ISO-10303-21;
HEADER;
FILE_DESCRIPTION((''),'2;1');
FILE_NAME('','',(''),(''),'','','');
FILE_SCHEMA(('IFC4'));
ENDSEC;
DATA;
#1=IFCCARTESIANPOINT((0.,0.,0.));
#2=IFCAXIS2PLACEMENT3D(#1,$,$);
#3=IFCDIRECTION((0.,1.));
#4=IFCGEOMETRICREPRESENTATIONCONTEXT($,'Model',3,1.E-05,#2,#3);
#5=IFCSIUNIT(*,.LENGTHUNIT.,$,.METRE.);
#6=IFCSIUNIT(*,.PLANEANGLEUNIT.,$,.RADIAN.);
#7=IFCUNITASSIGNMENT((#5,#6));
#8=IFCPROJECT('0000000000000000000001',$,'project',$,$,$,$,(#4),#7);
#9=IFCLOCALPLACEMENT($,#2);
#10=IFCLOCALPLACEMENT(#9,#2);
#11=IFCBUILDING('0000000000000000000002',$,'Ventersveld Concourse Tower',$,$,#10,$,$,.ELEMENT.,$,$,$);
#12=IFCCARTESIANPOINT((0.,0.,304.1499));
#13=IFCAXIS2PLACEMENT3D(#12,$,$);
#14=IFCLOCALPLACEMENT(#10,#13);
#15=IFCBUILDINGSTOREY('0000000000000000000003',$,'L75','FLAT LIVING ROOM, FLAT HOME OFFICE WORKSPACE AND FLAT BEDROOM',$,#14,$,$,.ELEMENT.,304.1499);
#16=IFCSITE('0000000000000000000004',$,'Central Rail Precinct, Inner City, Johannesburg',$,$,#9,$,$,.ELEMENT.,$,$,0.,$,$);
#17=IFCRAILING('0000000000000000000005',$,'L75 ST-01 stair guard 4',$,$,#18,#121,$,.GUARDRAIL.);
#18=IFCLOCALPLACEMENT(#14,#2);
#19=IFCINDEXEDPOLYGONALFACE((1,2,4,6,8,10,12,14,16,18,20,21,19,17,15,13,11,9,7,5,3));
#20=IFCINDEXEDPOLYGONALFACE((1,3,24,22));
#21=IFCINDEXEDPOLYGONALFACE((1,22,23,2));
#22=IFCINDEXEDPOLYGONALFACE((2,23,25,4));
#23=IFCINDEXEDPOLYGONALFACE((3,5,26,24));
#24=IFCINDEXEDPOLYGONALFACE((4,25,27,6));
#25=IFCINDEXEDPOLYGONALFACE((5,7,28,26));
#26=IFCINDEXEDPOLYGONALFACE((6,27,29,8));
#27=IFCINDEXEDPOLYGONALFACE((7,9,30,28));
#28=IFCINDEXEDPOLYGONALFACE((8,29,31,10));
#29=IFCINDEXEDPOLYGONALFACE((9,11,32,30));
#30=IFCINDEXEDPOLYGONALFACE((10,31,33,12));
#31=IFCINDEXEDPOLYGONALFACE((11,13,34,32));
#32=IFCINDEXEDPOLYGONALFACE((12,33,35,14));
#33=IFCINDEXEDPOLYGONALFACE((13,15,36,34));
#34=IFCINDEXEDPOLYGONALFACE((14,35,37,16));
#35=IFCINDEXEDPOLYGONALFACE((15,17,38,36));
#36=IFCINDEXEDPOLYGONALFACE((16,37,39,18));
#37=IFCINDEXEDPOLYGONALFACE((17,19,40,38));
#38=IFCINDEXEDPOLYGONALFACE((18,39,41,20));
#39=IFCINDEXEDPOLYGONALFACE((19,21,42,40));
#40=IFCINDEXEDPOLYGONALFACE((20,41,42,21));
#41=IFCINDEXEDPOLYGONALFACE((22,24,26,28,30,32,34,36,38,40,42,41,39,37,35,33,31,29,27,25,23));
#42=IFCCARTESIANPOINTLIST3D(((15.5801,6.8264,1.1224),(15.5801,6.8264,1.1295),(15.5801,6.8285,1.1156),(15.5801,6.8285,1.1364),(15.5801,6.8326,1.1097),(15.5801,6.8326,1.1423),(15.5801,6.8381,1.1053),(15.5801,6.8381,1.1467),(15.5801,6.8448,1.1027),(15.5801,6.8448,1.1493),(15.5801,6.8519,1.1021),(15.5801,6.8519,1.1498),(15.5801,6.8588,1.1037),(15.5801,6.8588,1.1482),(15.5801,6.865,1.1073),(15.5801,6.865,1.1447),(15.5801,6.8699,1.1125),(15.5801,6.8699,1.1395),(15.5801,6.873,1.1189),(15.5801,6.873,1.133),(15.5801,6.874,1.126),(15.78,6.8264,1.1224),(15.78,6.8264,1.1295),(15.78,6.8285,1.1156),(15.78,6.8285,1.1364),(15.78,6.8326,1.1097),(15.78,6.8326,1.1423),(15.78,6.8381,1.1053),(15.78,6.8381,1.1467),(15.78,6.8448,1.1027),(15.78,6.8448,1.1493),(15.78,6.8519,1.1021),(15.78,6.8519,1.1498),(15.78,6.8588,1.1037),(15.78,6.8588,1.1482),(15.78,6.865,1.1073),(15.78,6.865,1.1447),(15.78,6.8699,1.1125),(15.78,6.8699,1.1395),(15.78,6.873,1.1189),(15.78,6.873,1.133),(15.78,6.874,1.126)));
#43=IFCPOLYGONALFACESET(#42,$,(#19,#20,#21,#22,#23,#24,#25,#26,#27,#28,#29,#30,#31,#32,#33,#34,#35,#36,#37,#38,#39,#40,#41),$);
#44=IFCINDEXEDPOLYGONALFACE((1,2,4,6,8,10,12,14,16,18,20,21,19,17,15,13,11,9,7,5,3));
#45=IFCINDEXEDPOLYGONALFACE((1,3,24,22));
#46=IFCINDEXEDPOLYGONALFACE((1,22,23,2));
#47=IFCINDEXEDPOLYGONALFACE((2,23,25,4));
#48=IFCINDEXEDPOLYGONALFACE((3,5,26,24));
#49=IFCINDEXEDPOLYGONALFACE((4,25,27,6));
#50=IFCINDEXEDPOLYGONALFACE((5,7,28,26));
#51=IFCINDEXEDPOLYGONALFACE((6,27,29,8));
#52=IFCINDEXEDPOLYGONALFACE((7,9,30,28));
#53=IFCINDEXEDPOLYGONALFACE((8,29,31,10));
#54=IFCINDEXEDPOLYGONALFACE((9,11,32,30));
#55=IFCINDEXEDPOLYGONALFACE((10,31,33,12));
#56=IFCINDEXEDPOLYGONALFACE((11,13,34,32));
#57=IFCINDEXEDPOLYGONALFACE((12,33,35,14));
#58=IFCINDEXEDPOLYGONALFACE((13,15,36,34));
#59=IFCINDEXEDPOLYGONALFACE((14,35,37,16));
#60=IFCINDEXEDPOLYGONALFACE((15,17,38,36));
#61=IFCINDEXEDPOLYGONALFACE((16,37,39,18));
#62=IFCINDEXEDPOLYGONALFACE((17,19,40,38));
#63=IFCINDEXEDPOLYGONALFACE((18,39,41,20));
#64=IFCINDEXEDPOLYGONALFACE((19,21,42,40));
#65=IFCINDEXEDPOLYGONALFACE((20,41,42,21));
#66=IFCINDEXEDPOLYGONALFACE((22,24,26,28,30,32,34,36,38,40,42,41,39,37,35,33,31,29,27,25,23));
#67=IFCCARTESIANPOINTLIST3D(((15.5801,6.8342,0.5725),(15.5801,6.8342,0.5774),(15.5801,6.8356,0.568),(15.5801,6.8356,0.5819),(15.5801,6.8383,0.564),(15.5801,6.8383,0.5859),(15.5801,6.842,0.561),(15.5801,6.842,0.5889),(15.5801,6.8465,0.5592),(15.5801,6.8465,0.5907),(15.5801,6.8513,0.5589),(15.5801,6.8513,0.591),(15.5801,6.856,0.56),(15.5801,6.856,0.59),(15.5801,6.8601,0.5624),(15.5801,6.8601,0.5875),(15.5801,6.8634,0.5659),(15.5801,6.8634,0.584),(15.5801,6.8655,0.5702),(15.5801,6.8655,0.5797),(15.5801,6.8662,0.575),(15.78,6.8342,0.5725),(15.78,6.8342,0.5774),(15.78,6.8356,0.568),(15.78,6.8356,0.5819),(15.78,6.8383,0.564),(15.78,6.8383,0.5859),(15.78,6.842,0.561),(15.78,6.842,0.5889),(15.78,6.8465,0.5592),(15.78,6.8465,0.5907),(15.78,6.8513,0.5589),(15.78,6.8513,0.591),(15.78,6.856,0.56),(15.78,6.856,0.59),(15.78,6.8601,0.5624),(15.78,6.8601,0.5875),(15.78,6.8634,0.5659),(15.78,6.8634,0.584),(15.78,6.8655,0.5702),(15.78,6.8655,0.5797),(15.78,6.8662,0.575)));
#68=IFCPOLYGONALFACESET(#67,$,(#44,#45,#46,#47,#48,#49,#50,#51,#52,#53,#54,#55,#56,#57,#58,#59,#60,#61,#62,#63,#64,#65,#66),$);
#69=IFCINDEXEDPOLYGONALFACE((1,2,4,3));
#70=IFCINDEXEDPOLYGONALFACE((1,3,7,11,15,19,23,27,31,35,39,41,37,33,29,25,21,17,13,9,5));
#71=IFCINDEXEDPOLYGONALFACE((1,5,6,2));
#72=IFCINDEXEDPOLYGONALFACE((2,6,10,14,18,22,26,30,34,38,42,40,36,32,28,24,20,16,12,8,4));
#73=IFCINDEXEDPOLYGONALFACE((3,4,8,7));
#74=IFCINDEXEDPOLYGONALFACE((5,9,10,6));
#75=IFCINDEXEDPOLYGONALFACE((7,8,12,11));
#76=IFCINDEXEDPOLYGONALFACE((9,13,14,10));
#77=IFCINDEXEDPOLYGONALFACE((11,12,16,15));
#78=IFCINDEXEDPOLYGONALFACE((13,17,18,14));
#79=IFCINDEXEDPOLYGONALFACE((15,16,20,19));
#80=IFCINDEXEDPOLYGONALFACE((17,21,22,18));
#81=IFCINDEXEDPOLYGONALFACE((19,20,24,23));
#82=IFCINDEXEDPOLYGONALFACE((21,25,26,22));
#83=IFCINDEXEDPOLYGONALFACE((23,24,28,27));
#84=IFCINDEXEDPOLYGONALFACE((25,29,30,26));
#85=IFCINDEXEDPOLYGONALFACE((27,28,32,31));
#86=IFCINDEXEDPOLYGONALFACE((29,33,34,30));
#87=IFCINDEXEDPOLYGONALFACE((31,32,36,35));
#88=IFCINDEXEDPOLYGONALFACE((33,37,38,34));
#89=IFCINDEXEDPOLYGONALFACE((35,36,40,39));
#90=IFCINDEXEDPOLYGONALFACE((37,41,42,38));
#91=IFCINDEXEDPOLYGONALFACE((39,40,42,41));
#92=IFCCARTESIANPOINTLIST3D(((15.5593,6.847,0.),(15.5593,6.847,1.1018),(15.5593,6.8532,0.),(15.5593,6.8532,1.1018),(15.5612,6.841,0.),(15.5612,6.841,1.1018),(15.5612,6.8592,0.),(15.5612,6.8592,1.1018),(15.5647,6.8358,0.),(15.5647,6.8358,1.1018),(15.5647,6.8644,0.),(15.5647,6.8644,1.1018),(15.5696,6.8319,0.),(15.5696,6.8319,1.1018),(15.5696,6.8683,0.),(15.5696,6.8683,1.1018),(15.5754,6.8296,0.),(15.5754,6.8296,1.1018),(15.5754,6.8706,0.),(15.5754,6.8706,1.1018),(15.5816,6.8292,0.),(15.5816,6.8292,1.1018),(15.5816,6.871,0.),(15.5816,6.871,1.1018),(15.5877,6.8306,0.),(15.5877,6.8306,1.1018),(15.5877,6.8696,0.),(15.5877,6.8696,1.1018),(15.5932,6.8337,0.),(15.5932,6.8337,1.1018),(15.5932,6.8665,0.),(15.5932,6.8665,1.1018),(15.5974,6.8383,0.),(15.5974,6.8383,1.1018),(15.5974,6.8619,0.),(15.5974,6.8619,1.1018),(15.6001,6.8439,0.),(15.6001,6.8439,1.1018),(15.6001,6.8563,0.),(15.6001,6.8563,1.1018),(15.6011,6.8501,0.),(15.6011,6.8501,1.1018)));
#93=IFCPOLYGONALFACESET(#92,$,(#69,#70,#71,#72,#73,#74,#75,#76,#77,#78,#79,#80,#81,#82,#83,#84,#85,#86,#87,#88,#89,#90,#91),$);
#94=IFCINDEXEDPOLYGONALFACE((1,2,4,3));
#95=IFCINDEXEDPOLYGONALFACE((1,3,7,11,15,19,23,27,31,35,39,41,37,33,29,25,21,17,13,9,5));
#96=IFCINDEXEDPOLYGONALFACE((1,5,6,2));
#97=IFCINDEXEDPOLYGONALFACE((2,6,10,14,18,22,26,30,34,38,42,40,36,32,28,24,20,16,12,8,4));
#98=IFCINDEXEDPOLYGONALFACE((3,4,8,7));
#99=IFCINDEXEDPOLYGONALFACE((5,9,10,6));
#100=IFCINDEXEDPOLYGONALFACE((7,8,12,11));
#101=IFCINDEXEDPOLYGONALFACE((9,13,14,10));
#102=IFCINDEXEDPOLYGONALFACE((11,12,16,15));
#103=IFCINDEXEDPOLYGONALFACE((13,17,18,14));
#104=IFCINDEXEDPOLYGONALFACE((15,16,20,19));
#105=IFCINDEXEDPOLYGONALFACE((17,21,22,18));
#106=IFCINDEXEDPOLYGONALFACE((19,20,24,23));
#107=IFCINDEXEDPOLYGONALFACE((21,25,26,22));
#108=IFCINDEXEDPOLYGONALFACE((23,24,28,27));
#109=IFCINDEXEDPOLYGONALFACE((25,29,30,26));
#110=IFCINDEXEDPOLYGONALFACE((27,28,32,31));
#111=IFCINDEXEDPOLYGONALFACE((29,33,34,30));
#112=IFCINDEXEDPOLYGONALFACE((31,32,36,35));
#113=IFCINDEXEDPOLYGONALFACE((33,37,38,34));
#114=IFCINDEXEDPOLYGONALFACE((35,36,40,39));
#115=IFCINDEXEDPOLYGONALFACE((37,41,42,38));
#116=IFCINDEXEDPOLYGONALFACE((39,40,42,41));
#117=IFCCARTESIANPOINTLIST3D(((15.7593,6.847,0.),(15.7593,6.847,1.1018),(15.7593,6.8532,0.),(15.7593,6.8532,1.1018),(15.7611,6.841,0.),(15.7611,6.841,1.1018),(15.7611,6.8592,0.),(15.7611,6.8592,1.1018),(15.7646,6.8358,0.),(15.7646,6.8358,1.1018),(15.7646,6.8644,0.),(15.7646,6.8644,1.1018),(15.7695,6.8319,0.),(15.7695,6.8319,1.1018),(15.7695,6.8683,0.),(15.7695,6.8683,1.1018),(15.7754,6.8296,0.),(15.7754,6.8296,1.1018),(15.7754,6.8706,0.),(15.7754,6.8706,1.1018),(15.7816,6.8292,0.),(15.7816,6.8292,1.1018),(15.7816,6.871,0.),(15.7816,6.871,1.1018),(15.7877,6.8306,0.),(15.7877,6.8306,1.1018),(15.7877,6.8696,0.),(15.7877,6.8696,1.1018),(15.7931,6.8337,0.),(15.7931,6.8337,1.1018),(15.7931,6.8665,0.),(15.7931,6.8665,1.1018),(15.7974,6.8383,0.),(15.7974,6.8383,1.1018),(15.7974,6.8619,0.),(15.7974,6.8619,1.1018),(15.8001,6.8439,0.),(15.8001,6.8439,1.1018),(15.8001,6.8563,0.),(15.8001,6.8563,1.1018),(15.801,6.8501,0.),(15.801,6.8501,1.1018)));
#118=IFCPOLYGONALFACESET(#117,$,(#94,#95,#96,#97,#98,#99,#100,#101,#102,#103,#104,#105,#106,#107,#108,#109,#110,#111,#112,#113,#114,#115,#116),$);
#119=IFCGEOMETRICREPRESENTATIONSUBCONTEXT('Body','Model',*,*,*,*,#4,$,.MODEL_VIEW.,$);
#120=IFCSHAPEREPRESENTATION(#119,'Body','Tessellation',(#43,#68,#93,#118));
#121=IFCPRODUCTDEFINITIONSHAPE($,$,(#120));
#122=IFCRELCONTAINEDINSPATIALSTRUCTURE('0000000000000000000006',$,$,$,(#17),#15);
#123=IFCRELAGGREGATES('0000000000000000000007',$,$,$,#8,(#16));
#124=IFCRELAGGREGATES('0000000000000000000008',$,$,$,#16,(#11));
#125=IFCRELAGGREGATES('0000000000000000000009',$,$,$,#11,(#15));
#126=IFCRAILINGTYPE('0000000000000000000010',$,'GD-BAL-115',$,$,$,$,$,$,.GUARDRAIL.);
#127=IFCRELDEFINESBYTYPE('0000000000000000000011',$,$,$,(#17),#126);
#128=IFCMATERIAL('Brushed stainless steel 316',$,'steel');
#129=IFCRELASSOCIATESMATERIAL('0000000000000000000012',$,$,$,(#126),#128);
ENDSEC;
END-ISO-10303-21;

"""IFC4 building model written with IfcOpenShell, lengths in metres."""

from ifc_helpers import new_model, si_unit, direction, frame, origin, origin_2d, place, context, subcontext, project, spatial, circle, extrude, material, type_object, element, save


model = new_model("IFC4")

# Units and contexts
model_context = context("Model", 3, precision=1e-05, world=origin(), true_north=direction((0.0, 1.0)))
body_context = subcontext(model_context, "Body", "Model", "MODEL_VIEW")
ifc_project = project(units=[si_unit("LENGTHUNIT", "METRE"), si_unit("PLANEANGLEUNIT", "RADIAN")], contexts=[model_context])

# Site, building, storey
site_placement = place(None, origin())
site = spatial("IfcSite", under=ifc_project, at=site_placement, Name="Central Rail Precinct, Inner City, Johannesburg", CompositionType="ELEMENT", RefElevation=0.0)
building_placement = place(site_placement, origin())
building = spatial("IfcBuilding", under=site, at=building_placement, Name="Ventersveld Concourse Tower", CompositionType="ELEMENT")
storey_placement = place(building_placement, frame((0.0, 0.0, 304.1499)))
storey = spatial("IfcBuildingStorey", under=building, at=storey_placement, Name="L75", Description="FLAT LIVING ROOM, FLAT HOME OFFICE WORKSPACE AND FLAT BEDROOM", CompositionType="ELEMENT", Elevation=304.1499)

# Shared definitions
ifc_material_1 = material(Name="Brushed stainless steel 316", Category="steel")

# Railing
railing_type = type_object("IfcRailingType", Name="GD-BAL-115", PredefinedType="GUARDRAIL", material=ifc_material_1)
railing_1_placement = place(storey_placement, frame((15.5801, 6.8501, 0.0)))
element("IfcRailing", 1, at=railing_1_placement, inside=storey, type_object=railing_type, Name="L75 ST-01 stair guard 4", PredefinedType="GUARDRAIL", context=body_context, shape_type="SweptSolid", body=[
    extrude(circle(Radius=0.0239, at=origin_2d()), frame((0.0, 0.0, 1.126), z_axis=(1.0, 0.0, 0.0), x_axis=(0.0, 1.0, 0.0)), (0.0, 0.0, 1.0), 0.2),
    extrude(circle(Radius=0.0161, at=origin_2d()), frame((0.0, 0.0, 0.575), z_axis=(1.0, 0.0, 0.0), x_axis=(0.0, 1.0, 0.0)), (0.0, 0.0, 1.0), 0.2),
    extrude(circle(Radius=0.021, at=origin_2d()), origin(), (0.0, 0.0, 1.0), 1.1018),
    extrude(circle(Radius=0.021, at=origin_2d()), frame((0.2, 0.0, 0.0)), (0.0, 0.0, 1.0), 1.1018),
])

save(model, "model.ifc")
